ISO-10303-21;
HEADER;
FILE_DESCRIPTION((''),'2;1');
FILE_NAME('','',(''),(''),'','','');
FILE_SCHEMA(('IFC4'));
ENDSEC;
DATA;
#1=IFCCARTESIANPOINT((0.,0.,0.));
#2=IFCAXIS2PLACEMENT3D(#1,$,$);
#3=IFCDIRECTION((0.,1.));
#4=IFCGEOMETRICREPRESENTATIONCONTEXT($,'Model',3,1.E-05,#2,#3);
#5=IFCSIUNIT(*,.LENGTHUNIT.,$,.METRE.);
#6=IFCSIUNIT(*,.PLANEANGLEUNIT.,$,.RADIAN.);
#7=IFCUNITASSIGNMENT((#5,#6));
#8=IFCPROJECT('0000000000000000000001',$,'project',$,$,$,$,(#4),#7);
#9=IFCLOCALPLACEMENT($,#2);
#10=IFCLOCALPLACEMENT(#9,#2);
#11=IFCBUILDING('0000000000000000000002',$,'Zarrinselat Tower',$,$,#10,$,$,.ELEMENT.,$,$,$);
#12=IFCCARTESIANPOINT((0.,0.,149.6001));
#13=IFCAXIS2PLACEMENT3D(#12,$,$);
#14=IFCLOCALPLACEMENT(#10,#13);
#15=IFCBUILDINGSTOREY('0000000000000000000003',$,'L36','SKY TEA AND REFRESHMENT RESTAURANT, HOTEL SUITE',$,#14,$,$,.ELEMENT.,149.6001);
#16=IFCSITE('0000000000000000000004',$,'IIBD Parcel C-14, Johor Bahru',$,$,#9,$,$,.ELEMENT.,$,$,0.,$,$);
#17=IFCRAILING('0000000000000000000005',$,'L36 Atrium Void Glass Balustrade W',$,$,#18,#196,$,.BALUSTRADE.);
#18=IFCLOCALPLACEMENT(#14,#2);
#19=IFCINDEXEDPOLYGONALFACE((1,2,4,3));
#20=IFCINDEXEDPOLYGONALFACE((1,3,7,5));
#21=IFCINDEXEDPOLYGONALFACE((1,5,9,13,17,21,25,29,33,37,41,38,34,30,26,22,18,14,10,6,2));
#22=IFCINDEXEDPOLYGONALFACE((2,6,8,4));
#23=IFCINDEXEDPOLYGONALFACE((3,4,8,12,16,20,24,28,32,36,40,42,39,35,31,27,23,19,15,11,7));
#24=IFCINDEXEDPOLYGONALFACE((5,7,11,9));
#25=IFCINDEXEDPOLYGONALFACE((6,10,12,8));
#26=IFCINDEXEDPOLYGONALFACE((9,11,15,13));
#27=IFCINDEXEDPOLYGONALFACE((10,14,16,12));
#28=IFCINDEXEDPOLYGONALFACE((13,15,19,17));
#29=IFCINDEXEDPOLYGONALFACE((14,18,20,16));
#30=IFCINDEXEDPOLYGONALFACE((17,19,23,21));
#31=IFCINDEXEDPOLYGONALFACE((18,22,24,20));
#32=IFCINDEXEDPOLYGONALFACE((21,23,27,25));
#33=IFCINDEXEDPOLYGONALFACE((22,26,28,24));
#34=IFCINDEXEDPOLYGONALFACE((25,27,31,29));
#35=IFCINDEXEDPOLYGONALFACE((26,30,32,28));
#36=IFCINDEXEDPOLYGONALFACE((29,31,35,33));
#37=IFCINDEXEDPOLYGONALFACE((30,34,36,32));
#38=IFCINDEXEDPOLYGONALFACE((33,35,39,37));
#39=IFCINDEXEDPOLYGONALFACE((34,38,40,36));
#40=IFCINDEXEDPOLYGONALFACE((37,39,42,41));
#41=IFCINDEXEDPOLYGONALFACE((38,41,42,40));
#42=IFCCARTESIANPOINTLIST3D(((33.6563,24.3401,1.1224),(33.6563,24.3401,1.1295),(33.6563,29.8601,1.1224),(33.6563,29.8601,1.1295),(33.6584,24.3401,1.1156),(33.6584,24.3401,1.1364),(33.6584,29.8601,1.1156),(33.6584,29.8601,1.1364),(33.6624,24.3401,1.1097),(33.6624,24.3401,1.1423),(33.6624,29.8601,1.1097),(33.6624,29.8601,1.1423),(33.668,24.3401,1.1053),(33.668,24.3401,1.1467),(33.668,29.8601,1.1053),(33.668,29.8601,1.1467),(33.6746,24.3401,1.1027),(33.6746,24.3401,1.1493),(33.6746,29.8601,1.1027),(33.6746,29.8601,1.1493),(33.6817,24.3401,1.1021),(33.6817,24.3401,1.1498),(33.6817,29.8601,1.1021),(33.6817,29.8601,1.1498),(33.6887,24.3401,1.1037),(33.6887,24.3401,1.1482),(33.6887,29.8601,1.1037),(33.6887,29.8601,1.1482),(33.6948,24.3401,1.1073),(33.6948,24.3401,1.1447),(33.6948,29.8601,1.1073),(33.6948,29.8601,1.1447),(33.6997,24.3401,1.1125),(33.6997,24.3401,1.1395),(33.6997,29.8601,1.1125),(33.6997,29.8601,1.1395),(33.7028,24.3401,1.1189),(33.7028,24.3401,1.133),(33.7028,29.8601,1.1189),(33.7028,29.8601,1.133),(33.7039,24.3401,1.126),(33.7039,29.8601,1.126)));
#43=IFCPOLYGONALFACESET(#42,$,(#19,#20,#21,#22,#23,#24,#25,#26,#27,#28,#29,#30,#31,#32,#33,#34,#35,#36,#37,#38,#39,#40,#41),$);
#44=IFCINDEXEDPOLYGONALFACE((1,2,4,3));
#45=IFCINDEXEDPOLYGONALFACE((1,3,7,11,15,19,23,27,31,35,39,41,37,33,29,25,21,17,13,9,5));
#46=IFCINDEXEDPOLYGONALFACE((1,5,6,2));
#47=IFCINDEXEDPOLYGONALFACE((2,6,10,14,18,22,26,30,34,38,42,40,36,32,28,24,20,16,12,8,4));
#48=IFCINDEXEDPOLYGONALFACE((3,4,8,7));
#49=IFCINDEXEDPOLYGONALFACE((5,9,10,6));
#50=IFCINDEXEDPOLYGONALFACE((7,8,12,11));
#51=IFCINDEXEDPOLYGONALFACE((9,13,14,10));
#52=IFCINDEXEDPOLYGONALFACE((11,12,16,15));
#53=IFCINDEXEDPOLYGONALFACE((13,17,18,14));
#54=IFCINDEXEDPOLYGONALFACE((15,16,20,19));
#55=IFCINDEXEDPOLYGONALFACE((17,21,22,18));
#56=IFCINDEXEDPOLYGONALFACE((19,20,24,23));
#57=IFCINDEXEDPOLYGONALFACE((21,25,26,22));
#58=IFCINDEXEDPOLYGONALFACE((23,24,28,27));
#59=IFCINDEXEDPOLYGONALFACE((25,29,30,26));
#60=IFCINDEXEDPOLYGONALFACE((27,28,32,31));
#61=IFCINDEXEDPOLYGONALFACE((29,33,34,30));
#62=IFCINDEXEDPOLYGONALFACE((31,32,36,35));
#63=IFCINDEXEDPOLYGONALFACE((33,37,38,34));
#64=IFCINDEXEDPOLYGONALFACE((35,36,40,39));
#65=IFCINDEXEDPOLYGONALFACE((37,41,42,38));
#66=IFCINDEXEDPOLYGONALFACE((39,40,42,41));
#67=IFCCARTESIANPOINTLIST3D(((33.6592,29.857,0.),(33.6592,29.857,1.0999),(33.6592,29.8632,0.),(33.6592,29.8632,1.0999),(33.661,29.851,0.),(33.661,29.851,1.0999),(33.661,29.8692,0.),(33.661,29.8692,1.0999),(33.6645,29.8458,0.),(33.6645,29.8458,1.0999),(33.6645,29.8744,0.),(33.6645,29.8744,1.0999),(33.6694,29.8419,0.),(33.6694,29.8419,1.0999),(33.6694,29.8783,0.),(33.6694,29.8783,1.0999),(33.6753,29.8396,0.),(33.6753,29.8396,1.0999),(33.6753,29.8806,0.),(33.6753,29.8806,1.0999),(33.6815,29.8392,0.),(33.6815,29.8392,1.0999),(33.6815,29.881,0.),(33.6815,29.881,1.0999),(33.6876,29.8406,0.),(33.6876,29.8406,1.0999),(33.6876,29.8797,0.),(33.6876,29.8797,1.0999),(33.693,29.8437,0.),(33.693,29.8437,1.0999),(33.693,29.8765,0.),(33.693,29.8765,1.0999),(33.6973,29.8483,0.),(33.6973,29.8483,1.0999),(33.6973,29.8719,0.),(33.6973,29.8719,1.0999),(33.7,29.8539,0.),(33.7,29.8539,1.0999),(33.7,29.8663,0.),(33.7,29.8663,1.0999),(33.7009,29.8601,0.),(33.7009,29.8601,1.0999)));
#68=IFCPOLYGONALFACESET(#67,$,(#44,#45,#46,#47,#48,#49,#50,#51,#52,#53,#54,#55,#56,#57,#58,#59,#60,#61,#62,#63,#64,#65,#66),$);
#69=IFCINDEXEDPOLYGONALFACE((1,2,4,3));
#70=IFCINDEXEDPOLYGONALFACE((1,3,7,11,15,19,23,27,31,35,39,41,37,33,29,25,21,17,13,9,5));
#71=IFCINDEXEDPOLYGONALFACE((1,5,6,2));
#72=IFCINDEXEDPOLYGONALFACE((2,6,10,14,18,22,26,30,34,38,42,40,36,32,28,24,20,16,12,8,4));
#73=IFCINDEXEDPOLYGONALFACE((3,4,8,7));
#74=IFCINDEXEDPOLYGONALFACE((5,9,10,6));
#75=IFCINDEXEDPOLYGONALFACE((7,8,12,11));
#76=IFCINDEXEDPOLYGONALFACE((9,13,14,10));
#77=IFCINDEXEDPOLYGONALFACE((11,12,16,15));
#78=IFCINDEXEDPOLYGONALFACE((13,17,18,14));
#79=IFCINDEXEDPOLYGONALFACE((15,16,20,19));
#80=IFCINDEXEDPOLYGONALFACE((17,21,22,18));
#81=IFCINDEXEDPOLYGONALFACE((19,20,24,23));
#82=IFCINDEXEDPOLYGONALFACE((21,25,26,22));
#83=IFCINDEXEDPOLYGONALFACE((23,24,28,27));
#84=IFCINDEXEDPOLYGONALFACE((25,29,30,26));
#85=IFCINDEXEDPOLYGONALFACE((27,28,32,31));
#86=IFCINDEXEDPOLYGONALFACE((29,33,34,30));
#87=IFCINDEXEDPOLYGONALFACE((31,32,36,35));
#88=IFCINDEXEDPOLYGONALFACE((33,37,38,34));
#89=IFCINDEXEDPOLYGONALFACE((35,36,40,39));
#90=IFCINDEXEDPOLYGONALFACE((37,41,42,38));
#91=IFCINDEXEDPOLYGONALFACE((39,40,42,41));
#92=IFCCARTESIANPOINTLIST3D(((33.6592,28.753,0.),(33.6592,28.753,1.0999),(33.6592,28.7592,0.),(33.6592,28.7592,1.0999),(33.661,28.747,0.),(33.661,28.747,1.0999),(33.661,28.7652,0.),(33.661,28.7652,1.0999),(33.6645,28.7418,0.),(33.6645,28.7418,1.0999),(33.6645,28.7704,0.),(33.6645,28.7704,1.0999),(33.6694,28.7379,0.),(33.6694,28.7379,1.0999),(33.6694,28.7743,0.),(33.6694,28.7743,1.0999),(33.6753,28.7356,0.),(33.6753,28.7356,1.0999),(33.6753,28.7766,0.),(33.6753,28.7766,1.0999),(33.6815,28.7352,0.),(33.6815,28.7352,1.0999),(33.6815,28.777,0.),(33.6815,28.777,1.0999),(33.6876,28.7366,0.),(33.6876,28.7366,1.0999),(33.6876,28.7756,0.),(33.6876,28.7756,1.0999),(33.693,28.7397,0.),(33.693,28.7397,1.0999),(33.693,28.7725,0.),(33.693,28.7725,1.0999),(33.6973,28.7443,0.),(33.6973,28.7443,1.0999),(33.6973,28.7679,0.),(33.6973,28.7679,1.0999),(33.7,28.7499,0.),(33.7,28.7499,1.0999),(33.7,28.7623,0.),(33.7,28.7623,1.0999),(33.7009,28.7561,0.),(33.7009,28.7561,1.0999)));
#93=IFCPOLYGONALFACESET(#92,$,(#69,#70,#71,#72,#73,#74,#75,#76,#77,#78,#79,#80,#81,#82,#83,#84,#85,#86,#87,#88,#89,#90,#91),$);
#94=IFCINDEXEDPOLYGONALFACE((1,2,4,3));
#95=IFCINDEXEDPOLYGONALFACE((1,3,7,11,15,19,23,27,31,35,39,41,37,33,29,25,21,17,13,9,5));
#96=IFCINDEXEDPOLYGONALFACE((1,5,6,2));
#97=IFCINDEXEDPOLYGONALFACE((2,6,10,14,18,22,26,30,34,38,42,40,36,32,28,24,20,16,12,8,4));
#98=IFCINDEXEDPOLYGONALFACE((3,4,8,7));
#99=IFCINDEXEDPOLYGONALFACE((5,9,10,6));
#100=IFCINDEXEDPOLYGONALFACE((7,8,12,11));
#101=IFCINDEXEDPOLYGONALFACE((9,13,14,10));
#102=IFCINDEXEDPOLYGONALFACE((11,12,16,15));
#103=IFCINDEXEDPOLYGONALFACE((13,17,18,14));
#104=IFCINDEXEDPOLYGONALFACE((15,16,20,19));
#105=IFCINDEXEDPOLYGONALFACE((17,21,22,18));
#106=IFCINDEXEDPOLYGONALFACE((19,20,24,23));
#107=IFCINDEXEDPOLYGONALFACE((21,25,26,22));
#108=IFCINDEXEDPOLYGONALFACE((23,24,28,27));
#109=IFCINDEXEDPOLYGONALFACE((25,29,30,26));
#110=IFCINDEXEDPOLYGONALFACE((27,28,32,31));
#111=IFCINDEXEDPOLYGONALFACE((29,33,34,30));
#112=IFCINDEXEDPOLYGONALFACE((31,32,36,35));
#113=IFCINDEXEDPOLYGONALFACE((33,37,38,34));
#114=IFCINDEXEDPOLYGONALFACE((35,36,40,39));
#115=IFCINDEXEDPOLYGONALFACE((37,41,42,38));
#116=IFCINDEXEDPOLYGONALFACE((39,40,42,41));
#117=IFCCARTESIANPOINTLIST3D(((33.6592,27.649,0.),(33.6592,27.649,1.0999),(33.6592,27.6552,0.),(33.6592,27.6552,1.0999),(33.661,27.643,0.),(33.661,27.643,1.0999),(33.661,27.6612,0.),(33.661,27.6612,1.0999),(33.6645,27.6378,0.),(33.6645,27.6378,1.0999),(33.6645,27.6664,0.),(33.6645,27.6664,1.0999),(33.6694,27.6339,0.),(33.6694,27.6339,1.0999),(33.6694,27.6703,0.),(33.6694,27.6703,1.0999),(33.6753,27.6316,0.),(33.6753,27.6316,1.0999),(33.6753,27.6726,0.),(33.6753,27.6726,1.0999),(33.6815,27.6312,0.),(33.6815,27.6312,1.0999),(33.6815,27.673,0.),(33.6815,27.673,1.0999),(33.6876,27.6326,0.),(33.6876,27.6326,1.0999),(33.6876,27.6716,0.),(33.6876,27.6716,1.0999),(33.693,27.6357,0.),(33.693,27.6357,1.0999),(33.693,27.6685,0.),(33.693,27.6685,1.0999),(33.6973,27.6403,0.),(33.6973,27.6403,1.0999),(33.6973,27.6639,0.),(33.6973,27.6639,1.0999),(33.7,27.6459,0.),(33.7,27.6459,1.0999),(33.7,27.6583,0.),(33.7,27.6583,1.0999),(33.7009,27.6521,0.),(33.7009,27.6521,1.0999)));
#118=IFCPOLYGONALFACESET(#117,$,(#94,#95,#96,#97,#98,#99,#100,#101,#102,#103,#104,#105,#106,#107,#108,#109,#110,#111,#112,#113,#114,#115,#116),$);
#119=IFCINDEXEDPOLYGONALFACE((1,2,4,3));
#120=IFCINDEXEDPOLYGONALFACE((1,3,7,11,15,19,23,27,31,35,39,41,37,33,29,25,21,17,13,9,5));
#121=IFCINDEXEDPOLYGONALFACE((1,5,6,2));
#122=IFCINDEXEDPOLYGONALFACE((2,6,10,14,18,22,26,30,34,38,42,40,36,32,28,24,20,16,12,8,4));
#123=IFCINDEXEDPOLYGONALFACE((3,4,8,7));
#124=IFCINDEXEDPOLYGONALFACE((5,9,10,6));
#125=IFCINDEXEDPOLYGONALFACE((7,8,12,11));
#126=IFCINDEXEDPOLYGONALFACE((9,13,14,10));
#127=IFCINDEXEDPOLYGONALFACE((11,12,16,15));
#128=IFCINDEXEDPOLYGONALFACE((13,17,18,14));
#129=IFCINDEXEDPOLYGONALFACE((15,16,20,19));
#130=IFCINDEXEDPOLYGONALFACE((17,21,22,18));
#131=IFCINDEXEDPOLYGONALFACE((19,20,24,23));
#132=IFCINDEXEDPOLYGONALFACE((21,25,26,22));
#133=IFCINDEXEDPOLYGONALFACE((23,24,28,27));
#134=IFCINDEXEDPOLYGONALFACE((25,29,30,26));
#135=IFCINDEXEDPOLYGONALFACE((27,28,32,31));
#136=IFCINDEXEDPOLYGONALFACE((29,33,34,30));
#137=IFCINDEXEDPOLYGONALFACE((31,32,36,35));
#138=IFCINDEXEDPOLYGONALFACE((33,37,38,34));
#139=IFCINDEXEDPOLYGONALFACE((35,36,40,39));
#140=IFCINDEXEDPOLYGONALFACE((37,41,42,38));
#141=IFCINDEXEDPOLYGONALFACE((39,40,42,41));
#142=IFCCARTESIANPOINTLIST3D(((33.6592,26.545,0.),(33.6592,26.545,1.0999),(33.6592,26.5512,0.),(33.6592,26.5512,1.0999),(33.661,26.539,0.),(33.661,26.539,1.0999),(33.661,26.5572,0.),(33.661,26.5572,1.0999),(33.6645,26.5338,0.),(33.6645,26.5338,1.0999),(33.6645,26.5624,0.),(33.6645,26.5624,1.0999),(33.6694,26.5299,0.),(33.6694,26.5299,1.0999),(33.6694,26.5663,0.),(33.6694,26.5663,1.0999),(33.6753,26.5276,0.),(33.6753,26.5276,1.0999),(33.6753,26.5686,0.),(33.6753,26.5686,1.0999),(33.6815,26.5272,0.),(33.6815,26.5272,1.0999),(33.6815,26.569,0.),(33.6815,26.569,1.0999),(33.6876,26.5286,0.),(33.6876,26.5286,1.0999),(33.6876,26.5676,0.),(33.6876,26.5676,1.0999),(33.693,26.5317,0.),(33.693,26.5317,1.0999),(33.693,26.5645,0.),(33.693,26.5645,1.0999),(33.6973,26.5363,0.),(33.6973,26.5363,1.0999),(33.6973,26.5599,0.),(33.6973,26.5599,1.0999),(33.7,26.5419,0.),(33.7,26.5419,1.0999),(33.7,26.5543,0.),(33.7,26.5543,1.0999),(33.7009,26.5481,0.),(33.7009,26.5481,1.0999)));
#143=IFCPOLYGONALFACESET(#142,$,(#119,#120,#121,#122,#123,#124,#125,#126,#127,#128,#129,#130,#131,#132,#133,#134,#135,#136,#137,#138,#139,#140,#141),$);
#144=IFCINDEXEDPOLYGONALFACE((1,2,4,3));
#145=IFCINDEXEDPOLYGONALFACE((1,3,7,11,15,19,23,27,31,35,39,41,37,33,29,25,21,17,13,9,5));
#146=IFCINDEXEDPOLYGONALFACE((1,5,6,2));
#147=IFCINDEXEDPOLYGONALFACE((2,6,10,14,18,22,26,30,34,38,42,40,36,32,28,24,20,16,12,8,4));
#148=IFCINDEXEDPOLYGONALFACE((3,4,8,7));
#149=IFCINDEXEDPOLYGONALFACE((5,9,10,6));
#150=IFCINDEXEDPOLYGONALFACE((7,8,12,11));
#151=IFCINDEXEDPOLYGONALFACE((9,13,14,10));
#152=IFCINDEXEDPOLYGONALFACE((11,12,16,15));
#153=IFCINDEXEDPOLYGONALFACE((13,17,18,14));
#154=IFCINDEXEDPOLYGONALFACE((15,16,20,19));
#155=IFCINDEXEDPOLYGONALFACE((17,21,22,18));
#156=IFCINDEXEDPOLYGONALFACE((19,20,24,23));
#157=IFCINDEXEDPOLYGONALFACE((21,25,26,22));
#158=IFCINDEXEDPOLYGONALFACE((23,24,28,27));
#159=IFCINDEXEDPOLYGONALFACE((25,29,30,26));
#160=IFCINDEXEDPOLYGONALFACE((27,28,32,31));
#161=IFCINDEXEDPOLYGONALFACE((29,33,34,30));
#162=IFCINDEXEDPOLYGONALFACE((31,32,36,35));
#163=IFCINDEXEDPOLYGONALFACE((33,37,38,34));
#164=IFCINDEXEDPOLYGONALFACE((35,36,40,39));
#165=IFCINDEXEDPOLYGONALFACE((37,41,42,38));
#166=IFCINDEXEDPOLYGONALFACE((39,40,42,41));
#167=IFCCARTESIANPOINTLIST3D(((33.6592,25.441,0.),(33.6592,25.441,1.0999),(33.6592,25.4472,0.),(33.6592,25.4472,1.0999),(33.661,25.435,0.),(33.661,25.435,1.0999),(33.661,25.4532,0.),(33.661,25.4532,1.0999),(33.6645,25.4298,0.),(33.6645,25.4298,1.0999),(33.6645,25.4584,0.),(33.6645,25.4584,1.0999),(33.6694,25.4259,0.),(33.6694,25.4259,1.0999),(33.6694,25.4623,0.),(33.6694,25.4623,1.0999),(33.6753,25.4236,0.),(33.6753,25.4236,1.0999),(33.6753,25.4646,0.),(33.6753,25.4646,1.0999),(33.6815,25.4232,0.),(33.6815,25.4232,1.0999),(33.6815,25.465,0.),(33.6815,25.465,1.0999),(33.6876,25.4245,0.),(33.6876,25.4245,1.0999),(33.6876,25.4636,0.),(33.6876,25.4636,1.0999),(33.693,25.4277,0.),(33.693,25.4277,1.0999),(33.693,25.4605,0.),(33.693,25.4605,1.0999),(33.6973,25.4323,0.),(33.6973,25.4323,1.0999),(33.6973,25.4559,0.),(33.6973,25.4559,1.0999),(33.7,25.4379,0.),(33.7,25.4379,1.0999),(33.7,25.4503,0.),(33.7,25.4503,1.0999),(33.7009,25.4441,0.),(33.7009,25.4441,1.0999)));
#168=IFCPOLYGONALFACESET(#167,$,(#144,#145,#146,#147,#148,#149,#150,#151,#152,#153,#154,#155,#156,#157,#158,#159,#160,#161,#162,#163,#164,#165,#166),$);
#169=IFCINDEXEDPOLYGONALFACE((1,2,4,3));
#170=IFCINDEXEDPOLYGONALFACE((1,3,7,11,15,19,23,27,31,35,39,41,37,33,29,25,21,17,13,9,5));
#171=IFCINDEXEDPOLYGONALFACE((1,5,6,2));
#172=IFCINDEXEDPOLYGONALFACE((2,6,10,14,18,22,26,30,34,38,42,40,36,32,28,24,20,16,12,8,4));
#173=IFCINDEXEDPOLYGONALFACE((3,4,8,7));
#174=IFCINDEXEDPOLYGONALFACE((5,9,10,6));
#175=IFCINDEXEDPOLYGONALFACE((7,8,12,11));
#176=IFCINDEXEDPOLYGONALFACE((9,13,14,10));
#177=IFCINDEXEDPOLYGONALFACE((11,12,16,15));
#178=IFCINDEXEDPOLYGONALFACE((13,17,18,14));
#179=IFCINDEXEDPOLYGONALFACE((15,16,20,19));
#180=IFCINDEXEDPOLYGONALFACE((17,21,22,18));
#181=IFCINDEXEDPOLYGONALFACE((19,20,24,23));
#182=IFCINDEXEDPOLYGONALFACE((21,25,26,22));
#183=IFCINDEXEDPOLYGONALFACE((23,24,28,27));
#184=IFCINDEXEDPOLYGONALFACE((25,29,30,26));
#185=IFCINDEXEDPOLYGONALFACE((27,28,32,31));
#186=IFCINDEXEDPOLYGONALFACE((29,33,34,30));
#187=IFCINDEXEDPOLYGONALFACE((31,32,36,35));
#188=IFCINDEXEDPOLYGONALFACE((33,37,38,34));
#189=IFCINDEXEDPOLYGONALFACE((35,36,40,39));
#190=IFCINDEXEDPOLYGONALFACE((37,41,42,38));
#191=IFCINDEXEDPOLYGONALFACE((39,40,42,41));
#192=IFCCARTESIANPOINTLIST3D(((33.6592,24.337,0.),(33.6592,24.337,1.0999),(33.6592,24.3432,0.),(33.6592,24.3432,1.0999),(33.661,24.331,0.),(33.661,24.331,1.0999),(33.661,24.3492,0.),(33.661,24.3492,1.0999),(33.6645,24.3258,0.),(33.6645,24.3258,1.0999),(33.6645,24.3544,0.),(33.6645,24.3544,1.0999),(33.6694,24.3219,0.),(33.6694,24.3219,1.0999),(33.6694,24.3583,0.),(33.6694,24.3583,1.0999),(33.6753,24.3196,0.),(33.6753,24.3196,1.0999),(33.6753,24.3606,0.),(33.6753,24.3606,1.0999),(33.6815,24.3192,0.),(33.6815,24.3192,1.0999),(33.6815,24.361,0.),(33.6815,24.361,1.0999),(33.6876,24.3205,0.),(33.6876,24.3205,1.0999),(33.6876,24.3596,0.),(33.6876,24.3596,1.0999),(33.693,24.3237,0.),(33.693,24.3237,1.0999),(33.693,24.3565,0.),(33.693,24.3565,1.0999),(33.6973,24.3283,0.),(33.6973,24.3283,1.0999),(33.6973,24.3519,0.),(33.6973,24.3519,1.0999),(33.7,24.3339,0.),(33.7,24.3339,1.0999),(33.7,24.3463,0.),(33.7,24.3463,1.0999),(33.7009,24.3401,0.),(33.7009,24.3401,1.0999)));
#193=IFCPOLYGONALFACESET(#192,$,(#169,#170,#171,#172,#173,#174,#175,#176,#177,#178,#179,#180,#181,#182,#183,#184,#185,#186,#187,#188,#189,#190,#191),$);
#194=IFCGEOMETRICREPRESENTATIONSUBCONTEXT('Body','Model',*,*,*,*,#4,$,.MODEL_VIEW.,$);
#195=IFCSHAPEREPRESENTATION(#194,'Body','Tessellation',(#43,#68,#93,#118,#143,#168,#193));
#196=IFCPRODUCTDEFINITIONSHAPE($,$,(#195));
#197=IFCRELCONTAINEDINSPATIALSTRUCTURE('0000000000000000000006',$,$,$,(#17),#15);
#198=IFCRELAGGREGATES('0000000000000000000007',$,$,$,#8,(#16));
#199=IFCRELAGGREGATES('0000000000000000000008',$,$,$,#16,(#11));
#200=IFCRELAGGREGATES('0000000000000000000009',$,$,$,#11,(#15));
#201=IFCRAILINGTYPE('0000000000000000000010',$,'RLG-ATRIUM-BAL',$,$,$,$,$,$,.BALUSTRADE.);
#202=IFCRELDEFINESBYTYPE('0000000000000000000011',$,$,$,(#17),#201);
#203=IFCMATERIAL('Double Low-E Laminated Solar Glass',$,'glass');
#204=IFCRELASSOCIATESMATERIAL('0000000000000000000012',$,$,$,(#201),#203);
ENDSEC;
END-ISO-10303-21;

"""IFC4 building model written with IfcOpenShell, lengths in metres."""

from ifc_helpers import new_model, si_unit, direction, frame, origin, origin_2d, place, context, subcontext, project, spatial, circle, extrude, material, type_object, element, save


model = new_model("IFC4")

# Units and contexts
model_context = context("Model", 3, precision=1e-05, world=origin(), true_north=direction((0.0, 1.0)))
body_context = subcontext(model_context, "Body", "Model", "MODEL_VIEW")
ifc_project = project(units=[si_unit("LENGTHUNIT", "METRE"), si_unit("PLANEANGLEUNIT", "RADIAN")], contexts=[model_context])

# Site, building, storey
site_placement = place(None, origin())
site = spatial("IfcSite", under=ifc_project, at=site_placement, Name="IIBD Parcel C-14, Johor Bahru", CompositionType="ELEMENT", RefElevation=0.0)
building_placement = place(site_placement, origin())
building = spatial("IfcBuilding", under=site, at=building_placement, Name="Zarrinselat Tower", CompositionType="ELEMENT")
storey_placement = place(building_placement, frame((0.0, 0.0, 149.6001)))
storey = spatial("IfcBuildingStorey", under=building, at=storey_placement, Name="L36", Description="SKY TEA AND REFRESHMENT RESTAURANT, HOTEL SUITE", CompositionType="ELEMENT", Elevation=149.6001)

# Railing
ifc_material_1 = material(Name="Double Low-E Laminated Solar Glass", Category="glass")
railing_type = type_object("IfcRailingType", Name="RLG-ATRIUM-BAL", PredefinedType="BALUSTRADE", material=ifc_material_1)
railing_placement = place(storey_placement, frame((33.6799, 29.8601, 0.0)))
element("IfcRailing", 1, at=railing_placement, inside=storey, type_object=railing_type, Name="L36 Atrium Void Glass Balustrade W", PredefinedType="BALUSTRADE", context=body_context, shape_type="SweptSolid", body=[
    extrude(circle(Radius=0.0239, at=origin_2d()), frame((0.0, 0.0, 1.126), z_axis=(0.0, -1.0, 0.0), x_axis=(1.0, 0.0, 0.0)), (0.0, 0.0, 1.0), 5.52),
    extrude(circle(Radius=0.021, at=origin_2d()), origin(), (0.0, 0.0, 1.0), 1.0999),
    extrude(circle(Radius=0.021, at=origin_2d()), frame((0.0, -1.104, 0.0)), (0.0, 0.0, 1.0), 1.0999),
    extrude(circle(Radius=0.021, at=origin_2d()), frame((0.0, -2.208, 0.0)), (0.0, 0.0, 1.0), 1.0999),
    extrude(circle(Radius=0.021, at=origin_2d()), frame((0.0, -3.312, 0.0)), (0.0, 0.0, 1.0), 1.0999),
    extrude(circle(Radius=0.021, at=origin_2d()), frame((0.0, -4.416, 0.0)), (0.0, 0.0, 1.0), 1.0999),
    extrude(circle(Radius=0.021, at=origin_2d()), frame((0.0, -5.52, 0.0)), (0.0, 0.0, 1.0), 1.0999),
])

save(model, "model.ifc")
